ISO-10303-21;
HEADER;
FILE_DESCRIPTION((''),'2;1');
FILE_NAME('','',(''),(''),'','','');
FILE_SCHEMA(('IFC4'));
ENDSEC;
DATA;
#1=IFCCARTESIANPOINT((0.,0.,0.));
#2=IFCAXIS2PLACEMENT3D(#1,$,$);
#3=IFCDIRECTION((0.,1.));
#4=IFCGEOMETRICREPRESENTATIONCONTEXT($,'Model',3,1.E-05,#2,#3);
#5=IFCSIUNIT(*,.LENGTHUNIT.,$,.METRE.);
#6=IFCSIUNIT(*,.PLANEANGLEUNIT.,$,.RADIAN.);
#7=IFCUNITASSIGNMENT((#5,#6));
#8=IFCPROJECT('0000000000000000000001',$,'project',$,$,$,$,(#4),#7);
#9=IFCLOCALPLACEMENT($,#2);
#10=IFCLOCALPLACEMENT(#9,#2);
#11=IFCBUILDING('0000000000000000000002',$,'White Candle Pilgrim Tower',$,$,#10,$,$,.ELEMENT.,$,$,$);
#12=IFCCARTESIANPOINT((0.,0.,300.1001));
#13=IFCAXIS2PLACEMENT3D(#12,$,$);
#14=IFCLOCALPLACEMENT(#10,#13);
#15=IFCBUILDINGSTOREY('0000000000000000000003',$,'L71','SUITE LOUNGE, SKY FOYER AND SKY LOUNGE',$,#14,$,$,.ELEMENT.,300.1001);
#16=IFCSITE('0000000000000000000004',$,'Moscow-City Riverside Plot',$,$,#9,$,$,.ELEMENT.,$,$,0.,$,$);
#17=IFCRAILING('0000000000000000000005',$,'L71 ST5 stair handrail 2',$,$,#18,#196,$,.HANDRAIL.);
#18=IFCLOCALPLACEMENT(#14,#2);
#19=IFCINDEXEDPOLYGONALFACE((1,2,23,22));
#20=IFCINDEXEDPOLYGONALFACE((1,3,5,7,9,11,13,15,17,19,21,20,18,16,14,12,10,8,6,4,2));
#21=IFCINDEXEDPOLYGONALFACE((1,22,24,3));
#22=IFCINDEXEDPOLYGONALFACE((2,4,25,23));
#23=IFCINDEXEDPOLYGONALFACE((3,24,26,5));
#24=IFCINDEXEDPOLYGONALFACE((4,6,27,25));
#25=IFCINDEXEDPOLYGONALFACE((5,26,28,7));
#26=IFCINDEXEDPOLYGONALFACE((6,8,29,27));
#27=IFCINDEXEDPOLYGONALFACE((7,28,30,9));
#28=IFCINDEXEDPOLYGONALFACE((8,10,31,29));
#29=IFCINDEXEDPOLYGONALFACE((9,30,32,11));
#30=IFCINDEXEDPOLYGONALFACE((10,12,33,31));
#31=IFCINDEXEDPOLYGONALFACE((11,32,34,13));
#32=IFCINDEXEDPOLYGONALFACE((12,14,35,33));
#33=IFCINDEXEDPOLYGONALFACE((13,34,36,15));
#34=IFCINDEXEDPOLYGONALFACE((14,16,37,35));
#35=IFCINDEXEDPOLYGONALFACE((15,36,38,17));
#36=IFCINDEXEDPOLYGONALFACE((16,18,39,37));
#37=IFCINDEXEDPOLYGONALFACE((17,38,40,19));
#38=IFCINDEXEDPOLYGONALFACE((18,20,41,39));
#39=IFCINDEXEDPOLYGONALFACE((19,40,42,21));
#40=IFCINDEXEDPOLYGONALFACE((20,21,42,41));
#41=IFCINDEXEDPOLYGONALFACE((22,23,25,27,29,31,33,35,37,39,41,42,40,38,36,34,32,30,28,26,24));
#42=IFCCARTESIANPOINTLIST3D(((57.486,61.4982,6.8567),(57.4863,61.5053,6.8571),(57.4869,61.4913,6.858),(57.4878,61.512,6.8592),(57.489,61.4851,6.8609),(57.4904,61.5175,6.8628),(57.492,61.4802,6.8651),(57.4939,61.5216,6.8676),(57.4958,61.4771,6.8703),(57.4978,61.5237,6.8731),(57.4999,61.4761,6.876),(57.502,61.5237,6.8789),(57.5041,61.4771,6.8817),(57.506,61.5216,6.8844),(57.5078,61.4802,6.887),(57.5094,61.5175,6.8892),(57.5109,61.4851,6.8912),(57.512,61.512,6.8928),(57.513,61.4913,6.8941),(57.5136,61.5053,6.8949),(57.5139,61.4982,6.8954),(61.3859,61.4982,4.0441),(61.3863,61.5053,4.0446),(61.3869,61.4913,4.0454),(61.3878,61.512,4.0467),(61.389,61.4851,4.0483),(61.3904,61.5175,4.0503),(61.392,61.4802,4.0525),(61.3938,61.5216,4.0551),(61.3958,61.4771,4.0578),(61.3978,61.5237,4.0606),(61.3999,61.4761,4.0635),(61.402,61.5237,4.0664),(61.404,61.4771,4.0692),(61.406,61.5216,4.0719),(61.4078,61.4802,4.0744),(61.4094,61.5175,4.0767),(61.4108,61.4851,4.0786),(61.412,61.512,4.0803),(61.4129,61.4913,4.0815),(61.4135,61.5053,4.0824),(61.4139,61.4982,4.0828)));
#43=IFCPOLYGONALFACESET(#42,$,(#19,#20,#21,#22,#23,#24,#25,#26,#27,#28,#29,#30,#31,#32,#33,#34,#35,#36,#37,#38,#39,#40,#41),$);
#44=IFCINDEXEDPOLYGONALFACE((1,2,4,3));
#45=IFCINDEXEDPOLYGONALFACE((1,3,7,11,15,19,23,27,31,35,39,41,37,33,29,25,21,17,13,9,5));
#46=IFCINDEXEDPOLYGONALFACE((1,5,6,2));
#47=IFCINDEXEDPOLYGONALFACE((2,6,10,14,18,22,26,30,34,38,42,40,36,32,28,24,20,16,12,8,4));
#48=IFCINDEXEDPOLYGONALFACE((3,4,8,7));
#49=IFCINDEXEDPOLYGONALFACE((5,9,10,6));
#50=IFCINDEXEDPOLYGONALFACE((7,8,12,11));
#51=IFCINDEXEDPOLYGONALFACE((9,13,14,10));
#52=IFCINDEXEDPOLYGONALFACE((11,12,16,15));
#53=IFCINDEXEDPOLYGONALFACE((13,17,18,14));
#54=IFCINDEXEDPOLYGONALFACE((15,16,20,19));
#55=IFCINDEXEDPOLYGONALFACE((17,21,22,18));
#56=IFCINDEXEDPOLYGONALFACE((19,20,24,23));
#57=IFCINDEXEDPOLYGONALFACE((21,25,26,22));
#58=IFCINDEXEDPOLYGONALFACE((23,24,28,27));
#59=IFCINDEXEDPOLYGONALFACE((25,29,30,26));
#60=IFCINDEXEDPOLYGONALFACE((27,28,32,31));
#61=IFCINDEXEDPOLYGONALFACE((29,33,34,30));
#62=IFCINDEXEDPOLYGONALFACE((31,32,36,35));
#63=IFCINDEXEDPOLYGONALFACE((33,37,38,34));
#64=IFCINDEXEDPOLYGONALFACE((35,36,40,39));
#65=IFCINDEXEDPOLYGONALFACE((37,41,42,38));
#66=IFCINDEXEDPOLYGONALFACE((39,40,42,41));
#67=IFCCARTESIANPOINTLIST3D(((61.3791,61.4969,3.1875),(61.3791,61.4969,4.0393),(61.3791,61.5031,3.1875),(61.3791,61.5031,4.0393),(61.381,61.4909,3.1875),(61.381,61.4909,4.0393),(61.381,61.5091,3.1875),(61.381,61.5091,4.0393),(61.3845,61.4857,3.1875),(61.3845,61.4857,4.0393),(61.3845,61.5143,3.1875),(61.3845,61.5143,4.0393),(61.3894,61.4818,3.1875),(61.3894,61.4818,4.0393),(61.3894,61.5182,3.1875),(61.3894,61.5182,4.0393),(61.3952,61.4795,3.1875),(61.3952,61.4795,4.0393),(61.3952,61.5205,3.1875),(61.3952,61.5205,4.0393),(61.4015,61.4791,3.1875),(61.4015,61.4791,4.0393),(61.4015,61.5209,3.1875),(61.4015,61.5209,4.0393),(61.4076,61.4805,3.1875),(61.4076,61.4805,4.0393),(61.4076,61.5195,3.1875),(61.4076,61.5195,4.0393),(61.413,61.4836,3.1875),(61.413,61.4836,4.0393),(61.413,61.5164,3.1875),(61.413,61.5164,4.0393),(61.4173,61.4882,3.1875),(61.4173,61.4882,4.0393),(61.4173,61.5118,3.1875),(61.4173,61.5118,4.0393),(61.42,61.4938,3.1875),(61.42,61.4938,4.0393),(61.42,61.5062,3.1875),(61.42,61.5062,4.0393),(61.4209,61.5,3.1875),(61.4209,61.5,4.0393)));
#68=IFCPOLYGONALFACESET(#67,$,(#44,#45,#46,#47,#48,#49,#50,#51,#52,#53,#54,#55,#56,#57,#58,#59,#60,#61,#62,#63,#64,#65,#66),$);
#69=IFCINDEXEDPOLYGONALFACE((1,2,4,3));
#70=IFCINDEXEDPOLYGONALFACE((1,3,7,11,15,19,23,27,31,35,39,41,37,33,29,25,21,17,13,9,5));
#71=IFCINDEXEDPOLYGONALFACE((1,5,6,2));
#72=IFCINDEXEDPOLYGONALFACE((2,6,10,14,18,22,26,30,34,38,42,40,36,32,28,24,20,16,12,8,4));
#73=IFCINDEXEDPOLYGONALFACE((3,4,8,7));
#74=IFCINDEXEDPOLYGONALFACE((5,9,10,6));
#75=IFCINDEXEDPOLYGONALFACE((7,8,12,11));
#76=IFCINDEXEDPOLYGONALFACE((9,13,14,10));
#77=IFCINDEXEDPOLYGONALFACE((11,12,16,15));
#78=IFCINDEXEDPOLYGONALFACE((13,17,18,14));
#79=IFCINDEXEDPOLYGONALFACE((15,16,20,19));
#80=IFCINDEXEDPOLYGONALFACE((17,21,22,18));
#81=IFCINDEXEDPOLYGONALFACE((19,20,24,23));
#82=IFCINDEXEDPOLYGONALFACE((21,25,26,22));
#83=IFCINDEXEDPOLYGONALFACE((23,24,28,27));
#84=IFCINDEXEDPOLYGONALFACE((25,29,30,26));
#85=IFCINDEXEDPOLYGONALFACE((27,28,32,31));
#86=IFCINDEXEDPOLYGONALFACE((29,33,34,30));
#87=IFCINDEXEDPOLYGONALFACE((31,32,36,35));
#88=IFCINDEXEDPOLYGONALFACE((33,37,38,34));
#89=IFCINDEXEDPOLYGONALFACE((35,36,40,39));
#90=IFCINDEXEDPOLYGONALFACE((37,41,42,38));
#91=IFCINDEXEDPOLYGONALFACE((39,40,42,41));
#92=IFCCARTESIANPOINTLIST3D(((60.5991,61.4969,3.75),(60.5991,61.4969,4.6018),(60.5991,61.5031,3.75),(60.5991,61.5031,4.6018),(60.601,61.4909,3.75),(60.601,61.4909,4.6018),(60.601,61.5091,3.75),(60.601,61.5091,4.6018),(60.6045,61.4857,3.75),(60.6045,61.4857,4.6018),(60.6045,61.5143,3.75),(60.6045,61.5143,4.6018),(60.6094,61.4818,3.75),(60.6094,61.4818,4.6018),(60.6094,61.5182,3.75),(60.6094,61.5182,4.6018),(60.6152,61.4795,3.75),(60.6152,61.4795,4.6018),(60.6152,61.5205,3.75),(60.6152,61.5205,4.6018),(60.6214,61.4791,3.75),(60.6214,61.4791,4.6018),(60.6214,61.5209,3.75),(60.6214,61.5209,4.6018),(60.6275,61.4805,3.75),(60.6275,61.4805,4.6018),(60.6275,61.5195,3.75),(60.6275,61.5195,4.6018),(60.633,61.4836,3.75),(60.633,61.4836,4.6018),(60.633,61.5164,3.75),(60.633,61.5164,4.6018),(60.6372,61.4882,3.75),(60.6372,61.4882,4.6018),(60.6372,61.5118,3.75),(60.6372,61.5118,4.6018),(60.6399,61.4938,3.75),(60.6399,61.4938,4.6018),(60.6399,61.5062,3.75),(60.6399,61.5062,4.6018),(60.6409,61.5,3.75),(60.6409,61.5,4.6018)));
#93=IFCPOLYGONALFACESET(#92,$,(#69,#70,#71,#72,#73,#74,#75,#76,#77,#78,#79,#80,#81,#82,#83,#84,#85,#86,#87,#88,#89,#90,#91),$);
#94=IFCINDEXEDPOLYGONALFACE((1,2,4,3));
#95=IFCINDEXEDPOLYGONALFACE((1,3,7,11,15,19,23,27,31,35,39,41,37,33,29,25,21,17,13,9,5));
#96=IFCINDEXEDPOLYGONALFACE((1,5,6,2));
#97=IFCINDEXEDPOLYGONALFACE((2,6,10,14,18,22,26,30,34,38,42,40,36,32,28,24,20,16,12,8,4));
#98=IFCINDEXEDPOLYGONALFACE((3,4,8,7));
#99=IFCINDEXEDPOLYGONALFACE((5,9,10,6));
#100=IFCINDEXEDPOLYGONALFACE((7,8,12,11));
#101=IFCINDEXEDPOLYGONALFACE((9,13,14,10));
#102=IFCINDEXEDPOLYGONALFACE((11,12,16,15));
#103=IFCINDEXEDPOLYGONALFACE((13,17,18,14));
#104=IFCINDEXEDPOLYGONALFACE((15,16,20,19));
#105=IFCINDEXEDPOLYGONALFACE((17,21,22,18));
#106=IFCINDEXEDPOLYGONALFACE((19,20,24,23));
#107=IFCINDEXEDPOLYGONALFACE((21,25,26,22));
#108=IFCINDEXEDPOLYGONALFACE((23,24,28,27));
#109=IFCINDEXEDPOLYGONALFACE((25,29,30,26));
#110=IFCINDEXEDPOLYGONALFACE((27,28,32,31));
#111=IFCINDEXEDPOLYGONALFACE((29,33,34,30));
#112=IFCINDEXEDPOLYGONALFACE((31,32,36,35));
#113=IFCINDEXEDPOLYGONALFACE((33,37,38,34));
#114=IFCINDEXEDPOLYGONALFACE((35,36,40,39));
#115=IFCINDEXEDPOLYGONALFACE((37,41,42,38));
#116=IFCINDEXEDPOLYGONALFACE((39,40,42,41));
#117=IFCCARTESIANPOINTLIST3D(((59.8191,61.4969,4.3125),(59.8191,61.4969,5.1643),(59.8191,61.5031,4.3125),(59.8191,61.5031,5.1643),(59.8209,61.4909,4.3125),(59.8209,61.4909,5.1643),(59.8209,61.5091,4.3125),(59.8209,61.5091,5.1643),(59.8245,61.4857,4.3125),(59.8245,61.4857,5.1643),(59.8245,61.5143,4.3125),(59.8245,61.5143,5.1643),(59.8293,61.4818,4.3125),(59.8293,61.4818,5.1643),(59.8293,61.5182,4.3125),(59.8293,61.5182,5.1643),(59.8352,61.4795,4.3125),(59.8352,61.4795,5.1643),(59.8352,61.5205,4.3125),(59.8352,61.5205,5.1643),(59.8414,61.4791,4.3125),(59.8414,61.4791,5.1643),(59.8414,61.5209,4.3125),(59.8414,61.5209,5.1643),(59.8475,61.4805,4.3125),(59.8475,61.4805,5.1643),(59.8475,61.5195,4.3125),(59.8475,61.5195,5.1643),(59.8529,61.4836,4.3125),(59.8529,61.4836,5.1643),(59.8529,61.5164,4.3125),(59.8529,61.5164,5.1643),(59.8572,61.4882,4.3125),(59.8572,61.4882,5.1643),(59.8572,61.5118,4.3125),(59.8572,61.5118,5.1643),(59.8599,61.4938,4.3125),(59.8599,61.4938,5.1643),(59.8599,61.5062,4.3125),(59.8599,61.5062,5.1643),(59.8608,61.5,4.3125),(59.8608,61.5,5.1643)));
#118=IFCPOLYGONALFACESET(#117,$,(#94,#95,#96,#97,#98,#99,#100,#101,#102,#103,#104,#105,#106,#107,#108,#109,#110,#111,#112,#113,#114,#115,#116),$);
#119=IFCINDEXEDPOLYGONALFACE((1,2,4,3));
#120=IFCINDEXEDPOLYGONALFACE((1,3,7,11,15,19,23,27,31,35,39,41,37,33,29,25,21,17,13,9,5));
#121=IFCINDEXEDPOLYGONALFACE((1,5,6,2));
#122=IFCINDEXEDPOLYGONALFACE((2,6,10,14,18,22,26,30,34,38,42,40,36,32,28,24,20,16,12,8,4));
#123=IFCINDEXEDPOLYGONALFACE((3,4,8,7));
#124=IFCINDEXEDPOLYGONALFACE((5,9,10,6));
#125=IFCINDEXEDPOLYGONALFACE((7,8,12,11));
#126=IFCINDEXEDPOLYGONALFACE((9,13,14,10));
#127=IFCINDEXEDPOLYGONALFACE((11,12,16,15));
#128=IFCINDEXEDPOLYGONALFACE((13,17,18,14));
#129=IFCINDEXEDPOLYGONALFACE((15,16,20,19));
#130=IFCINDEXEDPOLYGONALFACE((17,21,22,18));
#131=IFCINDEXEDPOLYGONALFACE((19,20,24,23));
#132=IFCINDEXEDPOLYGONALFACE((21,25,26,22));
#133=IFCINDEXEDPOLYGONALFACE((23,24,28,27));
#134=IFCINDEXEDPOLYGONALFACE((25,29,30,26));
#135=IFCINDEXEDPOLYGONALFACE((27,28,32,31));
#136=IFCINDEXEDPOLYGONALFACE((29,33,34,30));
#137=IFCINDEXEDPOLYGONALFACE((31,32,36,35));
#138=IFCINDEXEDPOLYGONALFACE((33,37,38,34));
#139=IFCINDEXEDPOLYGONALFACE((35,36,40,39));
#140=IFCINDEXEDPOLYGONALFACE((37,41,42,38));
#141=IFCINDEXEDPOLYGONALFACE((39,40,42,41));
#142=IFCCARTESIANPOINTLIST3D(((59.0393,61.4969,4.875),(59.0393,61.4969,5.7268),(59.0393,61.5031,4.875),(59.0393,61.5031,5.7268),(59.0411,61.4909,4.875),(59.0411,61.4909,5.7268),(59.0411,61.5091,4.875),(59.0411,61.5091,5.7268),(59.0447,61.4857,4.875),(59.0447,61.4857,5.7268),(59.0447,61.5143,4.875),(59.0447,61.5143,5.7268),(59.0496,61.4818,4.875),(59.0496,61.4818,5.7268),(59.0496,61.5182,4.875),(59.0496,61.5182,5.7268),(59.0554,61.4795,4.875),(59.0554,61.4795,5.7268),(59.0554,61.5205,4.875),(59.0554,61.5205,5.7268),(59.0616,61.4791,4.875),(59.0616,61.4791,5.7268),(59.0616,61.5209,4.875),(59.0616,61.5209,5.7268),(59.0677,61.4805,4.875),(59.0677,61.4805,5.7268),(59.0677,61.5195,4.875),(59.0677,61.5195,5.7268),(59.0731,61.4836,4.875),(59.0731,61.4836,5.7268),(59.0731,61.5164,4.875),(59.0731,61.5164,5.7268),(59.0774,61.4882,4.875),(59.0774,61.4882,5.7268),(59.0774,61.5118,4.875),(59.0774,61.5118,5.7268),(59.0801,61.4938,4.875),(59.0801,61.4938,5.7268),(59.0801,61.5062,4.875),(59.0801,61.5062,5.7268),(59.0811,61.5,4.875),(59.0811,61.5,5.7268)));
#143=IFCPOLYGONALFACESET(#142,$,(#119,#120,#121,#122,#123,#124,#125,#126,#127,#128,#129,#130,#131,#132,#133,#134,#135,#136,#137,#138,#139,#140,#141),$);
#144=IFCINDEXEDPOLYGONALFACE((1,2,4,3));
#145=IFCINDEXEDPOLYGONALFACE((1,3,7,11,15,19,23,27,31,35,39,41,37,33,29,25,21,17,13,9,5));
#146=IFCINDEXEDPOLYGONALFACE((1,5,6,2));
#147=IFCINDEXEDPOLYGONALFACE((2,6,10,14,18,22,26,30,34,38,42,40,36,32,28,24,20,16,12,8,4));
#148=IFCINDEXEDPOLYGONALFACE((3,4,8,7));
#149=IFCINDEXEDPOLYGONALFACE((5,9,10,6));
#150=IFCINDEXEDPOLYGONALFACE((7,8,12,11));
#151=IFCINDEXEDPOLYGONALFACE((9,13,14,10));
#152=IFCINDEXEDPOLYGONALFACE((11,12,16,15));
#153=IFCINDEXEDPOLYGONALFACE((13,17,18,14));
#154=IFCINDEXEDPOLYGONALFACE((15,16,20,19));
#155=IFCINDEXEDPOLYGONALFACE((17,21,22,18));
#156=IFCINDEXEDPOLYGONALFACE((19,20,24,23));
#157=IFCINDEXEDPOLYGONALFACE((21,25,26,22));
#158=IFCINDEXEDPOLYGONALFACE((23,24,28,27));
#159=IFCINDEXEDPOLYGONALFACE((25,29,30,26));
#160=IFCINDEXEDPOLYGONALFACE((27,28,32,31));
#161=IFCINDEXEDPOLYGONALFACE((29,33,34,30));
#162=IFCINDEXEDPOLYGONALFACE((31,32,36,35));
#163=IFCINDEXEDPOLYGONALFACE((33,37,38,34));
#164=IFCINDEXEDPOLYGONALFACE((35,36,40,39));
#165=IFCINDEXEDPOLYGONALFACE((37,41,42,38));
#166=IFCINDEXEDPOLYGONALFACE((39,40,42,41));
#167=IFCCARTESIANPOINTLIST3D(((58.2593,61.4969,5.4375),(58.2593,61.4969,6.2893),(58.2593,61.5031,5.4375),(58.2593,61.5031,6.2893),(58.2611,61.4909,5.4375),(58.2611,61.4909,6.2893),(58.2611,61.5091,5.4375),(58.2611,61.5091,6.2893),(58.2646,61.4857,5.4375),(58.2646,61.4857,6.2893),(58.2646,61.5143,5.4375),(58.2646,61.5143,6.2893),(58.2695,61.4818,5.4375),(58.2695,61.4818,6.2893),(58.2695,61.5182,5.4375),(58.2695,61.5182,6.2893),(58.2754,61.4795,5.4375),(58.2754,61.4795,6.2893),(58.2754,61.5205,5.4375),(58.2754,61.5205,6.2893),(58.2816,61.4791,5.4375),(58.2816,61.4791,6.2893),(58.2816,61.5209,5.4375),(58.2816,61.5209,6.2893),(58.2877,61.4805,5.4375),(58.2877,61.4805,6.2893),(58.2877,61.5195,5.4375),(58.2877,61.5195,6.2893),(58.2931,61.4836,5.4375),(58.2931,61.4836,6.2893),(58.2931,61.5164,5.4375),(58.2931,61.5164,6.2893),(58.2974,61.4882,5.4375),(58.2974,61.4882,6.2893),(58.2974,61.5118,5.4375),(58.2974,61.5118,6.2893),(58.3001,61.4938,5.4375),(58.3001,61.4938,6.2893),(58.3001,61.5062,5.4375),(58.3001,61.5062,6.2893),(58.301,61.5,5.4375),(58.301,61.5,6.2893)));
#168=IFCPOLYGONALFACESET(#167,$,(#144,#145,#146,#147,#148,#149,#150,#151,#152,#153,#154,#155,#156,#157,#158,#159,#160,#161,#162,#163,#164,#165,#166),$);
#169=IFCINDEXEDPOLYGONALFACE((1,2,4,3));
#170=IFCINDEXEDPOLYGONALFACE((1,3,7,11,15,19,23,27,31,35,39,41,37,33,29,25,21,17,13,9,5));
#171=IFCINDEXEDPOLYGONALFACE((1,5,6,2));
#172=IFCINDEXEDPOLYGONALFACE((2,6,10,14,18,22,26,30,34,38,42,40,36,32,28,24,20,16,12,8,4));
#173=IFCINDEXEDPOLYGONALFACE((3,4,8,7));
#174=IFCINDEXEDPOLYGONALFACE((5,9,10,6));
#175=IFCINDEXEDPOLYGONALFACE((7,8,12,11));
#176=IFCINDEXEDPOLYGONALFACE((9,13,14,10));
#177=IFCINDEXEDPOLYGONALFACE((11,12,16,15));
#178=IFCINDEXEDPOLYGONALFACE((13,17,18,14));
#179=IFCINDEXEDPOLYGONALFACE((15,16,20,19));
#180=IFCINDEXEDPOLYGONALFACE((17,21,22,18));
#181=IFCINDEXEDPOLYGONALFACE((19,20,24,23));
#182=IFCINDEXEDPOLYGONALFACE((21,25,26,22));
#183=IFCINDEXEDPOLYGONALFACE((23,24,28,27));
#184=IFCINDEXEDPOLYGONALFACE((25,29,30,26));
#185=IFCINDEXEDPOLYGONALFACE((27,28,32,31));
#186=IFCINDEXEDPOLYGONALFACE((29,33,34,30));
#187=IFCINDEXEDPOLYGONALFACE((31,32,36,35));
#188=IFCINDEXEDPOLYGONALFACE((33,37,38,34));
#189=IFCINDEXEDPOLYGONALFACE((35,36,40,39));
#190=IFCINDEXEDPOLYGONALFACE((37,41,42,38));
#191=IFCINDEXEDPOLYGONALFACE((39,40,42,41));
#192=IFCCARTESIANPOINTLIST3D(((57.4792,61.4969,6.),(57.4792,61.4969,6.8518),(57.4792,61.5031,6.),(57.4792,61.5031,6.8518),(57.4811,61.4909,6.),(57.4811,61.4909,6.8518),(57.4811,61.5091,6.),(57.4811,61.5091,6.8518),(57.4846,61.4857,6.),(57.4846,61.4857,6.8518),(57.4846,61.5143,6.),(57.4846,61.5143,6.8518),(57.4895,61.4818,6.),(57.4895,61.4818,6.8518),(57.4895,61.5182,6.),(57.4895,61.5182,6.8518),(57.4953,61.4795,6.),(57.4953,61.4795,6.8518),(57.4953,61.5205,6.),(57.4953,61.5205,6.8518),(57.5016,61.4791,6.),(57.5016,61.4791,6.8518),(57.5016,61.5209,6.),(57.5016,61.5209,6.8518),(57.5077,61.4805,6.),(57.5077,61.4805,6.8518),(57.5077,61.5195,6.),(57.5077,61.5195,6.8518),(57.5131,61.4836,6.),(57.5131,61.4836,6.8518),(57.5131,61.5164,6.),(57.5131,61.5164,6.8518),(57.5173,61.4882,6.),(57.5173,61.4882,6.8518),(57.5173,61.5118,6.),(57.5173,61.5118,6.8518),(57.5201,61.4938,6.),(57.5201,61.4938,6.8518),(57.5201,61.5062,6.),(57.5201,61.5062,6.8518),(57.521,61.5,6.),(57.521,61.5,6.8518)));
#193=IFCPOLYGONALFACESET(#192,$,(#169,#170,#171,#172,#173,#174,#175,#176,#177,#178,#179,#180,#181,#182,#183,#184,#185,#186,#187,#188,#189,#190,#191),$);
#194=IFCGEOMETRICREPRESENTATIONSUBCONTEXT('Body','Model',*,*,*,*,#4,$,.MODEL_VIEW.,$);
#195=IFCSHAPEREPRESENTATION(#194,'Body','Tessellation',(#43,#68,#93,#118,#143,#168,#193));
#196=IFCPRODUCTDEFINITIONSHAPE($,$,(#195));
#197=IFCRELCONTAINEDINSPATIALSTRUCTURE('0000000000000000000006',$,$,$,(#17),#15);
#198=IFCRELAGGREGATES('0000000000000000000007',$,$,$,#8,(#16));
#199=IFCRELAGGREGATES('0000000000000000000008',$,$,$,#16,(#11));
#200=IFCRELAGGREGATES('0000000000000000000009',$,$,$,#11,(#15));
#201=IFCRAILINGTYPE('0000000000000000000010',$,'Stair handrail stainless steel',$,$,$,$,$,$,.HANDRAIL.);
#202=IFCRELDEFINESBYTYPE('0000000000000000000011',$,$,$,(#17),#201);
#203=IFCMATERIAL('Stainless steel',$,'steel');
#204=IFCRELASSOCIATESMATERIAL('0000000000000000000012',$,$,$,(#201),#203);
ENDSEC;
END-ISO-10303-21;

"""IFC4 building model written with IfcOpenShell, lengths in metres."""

from ifc_helpers import new_model, si_unit, direction, frame, origin, origin_2d, place, context, subcontext, project, spatial, circle, extrude, material, type_object, element, save


model = new_model("IFC4")

# Units and contexts
model_context = context("Model", 3, precision=1e-05, world=origin(), true_north=direction((0.0, 1.0)))
body_context = subcontext(model_context, "Body", "Model", "MODEL_VIEW")
ifc_project = project(units=[si_unit("LENGTHUNIT", "METRE"), si_unit("PLANEANGLEUNIT", "RADIAN")], contexts=[model_context])

# Site, building, storey
site_placement = place(None, origin())
site = spatial("IfcSite", under=ifc_project, at=site_placement, Name="Moscow-City Riverside Plot", CompositionType="ELEMENT", RefElevation=0.0)
building_placement = place(site_placement, origin())
building = spatial("IfcBuilding", under=site, at=building_placement, Name="White Candle Pilgrim Tower", CompositionType="ELEMENT")
storey_placement = place(building_placement, frame((0.0, 0.0, 300.1001)))
storey = spatial("IfcBuildingStorey", under=building, at=storey_placement, Name="L71", Description="SUITE LOUNGE, SKY FOYER AND SKY LOUNGE", CompositionType="ELEMENT", Elevation=300.1001)

# Railing
ifc_material_1 = material(Name="Stainless steel", Category="steel")
railing_type_1 = type_object("IfcRailingType", Name="Stair handrail stainless steel", PredefinedType="HANDRAIL", material=ifc_material_1)
railing_1_placement = place(storey_placement, frame((61.3999, 61.5, 3.1875)))
element("IfcRailing", 1, at=railing_1_placement, inside=storey, type_object=railing_type_1, Name="L71 ST5 stair handrail 2", PredefinedType="HANDRAIL", context=body_context, shape_type="SweptSolid", body=[
    extrude(circle(Radius=0.0239, at=origin_2d()), frame((0.0, 0.0, 0.876), z_axis=(-0.811083, 0.0, 0.584931), x_axis=(0.0, -1.0, 0.0)), (0.0, 0.0, 1.0), 4.8083),
    extrude(circle(Radius=0.021, at=origin_2d()), origin(), (0.0, 0.0, 1.0), 0.8518),
    extrude(circle(Radius=0.021, at=origin_2d()), frame((-0.78, 0.0, 0.5625)), (0.0, 0.0, 1.0), 0.8518),
    extrude(circle(Radius=0.021, at=origin_2d()), frame((-1.5601, 0.0, 1.125)), (0.0, 0.0, 1.0), 0.8518),
    extrude(circle(Radius=0.021, at=origin_2d()), frame((-2.3398, 0.0, 1.6875)), (0.0, 0.0, 1.0), 0.8518),
    extrude(circle(Radius=0.021, at=origin_2d()), frame((-3.1199, 0.0, 2.25)), (0.0, 0.0, 1.0), 0.8518),
    extrude(circle(Radius=0.021, at=origin_2d()), frame((-3.8999, 0.0, 2.8125)), (0.0, 0.0, 1.0), 0.8518),
])

save(model, "model.ifc")
